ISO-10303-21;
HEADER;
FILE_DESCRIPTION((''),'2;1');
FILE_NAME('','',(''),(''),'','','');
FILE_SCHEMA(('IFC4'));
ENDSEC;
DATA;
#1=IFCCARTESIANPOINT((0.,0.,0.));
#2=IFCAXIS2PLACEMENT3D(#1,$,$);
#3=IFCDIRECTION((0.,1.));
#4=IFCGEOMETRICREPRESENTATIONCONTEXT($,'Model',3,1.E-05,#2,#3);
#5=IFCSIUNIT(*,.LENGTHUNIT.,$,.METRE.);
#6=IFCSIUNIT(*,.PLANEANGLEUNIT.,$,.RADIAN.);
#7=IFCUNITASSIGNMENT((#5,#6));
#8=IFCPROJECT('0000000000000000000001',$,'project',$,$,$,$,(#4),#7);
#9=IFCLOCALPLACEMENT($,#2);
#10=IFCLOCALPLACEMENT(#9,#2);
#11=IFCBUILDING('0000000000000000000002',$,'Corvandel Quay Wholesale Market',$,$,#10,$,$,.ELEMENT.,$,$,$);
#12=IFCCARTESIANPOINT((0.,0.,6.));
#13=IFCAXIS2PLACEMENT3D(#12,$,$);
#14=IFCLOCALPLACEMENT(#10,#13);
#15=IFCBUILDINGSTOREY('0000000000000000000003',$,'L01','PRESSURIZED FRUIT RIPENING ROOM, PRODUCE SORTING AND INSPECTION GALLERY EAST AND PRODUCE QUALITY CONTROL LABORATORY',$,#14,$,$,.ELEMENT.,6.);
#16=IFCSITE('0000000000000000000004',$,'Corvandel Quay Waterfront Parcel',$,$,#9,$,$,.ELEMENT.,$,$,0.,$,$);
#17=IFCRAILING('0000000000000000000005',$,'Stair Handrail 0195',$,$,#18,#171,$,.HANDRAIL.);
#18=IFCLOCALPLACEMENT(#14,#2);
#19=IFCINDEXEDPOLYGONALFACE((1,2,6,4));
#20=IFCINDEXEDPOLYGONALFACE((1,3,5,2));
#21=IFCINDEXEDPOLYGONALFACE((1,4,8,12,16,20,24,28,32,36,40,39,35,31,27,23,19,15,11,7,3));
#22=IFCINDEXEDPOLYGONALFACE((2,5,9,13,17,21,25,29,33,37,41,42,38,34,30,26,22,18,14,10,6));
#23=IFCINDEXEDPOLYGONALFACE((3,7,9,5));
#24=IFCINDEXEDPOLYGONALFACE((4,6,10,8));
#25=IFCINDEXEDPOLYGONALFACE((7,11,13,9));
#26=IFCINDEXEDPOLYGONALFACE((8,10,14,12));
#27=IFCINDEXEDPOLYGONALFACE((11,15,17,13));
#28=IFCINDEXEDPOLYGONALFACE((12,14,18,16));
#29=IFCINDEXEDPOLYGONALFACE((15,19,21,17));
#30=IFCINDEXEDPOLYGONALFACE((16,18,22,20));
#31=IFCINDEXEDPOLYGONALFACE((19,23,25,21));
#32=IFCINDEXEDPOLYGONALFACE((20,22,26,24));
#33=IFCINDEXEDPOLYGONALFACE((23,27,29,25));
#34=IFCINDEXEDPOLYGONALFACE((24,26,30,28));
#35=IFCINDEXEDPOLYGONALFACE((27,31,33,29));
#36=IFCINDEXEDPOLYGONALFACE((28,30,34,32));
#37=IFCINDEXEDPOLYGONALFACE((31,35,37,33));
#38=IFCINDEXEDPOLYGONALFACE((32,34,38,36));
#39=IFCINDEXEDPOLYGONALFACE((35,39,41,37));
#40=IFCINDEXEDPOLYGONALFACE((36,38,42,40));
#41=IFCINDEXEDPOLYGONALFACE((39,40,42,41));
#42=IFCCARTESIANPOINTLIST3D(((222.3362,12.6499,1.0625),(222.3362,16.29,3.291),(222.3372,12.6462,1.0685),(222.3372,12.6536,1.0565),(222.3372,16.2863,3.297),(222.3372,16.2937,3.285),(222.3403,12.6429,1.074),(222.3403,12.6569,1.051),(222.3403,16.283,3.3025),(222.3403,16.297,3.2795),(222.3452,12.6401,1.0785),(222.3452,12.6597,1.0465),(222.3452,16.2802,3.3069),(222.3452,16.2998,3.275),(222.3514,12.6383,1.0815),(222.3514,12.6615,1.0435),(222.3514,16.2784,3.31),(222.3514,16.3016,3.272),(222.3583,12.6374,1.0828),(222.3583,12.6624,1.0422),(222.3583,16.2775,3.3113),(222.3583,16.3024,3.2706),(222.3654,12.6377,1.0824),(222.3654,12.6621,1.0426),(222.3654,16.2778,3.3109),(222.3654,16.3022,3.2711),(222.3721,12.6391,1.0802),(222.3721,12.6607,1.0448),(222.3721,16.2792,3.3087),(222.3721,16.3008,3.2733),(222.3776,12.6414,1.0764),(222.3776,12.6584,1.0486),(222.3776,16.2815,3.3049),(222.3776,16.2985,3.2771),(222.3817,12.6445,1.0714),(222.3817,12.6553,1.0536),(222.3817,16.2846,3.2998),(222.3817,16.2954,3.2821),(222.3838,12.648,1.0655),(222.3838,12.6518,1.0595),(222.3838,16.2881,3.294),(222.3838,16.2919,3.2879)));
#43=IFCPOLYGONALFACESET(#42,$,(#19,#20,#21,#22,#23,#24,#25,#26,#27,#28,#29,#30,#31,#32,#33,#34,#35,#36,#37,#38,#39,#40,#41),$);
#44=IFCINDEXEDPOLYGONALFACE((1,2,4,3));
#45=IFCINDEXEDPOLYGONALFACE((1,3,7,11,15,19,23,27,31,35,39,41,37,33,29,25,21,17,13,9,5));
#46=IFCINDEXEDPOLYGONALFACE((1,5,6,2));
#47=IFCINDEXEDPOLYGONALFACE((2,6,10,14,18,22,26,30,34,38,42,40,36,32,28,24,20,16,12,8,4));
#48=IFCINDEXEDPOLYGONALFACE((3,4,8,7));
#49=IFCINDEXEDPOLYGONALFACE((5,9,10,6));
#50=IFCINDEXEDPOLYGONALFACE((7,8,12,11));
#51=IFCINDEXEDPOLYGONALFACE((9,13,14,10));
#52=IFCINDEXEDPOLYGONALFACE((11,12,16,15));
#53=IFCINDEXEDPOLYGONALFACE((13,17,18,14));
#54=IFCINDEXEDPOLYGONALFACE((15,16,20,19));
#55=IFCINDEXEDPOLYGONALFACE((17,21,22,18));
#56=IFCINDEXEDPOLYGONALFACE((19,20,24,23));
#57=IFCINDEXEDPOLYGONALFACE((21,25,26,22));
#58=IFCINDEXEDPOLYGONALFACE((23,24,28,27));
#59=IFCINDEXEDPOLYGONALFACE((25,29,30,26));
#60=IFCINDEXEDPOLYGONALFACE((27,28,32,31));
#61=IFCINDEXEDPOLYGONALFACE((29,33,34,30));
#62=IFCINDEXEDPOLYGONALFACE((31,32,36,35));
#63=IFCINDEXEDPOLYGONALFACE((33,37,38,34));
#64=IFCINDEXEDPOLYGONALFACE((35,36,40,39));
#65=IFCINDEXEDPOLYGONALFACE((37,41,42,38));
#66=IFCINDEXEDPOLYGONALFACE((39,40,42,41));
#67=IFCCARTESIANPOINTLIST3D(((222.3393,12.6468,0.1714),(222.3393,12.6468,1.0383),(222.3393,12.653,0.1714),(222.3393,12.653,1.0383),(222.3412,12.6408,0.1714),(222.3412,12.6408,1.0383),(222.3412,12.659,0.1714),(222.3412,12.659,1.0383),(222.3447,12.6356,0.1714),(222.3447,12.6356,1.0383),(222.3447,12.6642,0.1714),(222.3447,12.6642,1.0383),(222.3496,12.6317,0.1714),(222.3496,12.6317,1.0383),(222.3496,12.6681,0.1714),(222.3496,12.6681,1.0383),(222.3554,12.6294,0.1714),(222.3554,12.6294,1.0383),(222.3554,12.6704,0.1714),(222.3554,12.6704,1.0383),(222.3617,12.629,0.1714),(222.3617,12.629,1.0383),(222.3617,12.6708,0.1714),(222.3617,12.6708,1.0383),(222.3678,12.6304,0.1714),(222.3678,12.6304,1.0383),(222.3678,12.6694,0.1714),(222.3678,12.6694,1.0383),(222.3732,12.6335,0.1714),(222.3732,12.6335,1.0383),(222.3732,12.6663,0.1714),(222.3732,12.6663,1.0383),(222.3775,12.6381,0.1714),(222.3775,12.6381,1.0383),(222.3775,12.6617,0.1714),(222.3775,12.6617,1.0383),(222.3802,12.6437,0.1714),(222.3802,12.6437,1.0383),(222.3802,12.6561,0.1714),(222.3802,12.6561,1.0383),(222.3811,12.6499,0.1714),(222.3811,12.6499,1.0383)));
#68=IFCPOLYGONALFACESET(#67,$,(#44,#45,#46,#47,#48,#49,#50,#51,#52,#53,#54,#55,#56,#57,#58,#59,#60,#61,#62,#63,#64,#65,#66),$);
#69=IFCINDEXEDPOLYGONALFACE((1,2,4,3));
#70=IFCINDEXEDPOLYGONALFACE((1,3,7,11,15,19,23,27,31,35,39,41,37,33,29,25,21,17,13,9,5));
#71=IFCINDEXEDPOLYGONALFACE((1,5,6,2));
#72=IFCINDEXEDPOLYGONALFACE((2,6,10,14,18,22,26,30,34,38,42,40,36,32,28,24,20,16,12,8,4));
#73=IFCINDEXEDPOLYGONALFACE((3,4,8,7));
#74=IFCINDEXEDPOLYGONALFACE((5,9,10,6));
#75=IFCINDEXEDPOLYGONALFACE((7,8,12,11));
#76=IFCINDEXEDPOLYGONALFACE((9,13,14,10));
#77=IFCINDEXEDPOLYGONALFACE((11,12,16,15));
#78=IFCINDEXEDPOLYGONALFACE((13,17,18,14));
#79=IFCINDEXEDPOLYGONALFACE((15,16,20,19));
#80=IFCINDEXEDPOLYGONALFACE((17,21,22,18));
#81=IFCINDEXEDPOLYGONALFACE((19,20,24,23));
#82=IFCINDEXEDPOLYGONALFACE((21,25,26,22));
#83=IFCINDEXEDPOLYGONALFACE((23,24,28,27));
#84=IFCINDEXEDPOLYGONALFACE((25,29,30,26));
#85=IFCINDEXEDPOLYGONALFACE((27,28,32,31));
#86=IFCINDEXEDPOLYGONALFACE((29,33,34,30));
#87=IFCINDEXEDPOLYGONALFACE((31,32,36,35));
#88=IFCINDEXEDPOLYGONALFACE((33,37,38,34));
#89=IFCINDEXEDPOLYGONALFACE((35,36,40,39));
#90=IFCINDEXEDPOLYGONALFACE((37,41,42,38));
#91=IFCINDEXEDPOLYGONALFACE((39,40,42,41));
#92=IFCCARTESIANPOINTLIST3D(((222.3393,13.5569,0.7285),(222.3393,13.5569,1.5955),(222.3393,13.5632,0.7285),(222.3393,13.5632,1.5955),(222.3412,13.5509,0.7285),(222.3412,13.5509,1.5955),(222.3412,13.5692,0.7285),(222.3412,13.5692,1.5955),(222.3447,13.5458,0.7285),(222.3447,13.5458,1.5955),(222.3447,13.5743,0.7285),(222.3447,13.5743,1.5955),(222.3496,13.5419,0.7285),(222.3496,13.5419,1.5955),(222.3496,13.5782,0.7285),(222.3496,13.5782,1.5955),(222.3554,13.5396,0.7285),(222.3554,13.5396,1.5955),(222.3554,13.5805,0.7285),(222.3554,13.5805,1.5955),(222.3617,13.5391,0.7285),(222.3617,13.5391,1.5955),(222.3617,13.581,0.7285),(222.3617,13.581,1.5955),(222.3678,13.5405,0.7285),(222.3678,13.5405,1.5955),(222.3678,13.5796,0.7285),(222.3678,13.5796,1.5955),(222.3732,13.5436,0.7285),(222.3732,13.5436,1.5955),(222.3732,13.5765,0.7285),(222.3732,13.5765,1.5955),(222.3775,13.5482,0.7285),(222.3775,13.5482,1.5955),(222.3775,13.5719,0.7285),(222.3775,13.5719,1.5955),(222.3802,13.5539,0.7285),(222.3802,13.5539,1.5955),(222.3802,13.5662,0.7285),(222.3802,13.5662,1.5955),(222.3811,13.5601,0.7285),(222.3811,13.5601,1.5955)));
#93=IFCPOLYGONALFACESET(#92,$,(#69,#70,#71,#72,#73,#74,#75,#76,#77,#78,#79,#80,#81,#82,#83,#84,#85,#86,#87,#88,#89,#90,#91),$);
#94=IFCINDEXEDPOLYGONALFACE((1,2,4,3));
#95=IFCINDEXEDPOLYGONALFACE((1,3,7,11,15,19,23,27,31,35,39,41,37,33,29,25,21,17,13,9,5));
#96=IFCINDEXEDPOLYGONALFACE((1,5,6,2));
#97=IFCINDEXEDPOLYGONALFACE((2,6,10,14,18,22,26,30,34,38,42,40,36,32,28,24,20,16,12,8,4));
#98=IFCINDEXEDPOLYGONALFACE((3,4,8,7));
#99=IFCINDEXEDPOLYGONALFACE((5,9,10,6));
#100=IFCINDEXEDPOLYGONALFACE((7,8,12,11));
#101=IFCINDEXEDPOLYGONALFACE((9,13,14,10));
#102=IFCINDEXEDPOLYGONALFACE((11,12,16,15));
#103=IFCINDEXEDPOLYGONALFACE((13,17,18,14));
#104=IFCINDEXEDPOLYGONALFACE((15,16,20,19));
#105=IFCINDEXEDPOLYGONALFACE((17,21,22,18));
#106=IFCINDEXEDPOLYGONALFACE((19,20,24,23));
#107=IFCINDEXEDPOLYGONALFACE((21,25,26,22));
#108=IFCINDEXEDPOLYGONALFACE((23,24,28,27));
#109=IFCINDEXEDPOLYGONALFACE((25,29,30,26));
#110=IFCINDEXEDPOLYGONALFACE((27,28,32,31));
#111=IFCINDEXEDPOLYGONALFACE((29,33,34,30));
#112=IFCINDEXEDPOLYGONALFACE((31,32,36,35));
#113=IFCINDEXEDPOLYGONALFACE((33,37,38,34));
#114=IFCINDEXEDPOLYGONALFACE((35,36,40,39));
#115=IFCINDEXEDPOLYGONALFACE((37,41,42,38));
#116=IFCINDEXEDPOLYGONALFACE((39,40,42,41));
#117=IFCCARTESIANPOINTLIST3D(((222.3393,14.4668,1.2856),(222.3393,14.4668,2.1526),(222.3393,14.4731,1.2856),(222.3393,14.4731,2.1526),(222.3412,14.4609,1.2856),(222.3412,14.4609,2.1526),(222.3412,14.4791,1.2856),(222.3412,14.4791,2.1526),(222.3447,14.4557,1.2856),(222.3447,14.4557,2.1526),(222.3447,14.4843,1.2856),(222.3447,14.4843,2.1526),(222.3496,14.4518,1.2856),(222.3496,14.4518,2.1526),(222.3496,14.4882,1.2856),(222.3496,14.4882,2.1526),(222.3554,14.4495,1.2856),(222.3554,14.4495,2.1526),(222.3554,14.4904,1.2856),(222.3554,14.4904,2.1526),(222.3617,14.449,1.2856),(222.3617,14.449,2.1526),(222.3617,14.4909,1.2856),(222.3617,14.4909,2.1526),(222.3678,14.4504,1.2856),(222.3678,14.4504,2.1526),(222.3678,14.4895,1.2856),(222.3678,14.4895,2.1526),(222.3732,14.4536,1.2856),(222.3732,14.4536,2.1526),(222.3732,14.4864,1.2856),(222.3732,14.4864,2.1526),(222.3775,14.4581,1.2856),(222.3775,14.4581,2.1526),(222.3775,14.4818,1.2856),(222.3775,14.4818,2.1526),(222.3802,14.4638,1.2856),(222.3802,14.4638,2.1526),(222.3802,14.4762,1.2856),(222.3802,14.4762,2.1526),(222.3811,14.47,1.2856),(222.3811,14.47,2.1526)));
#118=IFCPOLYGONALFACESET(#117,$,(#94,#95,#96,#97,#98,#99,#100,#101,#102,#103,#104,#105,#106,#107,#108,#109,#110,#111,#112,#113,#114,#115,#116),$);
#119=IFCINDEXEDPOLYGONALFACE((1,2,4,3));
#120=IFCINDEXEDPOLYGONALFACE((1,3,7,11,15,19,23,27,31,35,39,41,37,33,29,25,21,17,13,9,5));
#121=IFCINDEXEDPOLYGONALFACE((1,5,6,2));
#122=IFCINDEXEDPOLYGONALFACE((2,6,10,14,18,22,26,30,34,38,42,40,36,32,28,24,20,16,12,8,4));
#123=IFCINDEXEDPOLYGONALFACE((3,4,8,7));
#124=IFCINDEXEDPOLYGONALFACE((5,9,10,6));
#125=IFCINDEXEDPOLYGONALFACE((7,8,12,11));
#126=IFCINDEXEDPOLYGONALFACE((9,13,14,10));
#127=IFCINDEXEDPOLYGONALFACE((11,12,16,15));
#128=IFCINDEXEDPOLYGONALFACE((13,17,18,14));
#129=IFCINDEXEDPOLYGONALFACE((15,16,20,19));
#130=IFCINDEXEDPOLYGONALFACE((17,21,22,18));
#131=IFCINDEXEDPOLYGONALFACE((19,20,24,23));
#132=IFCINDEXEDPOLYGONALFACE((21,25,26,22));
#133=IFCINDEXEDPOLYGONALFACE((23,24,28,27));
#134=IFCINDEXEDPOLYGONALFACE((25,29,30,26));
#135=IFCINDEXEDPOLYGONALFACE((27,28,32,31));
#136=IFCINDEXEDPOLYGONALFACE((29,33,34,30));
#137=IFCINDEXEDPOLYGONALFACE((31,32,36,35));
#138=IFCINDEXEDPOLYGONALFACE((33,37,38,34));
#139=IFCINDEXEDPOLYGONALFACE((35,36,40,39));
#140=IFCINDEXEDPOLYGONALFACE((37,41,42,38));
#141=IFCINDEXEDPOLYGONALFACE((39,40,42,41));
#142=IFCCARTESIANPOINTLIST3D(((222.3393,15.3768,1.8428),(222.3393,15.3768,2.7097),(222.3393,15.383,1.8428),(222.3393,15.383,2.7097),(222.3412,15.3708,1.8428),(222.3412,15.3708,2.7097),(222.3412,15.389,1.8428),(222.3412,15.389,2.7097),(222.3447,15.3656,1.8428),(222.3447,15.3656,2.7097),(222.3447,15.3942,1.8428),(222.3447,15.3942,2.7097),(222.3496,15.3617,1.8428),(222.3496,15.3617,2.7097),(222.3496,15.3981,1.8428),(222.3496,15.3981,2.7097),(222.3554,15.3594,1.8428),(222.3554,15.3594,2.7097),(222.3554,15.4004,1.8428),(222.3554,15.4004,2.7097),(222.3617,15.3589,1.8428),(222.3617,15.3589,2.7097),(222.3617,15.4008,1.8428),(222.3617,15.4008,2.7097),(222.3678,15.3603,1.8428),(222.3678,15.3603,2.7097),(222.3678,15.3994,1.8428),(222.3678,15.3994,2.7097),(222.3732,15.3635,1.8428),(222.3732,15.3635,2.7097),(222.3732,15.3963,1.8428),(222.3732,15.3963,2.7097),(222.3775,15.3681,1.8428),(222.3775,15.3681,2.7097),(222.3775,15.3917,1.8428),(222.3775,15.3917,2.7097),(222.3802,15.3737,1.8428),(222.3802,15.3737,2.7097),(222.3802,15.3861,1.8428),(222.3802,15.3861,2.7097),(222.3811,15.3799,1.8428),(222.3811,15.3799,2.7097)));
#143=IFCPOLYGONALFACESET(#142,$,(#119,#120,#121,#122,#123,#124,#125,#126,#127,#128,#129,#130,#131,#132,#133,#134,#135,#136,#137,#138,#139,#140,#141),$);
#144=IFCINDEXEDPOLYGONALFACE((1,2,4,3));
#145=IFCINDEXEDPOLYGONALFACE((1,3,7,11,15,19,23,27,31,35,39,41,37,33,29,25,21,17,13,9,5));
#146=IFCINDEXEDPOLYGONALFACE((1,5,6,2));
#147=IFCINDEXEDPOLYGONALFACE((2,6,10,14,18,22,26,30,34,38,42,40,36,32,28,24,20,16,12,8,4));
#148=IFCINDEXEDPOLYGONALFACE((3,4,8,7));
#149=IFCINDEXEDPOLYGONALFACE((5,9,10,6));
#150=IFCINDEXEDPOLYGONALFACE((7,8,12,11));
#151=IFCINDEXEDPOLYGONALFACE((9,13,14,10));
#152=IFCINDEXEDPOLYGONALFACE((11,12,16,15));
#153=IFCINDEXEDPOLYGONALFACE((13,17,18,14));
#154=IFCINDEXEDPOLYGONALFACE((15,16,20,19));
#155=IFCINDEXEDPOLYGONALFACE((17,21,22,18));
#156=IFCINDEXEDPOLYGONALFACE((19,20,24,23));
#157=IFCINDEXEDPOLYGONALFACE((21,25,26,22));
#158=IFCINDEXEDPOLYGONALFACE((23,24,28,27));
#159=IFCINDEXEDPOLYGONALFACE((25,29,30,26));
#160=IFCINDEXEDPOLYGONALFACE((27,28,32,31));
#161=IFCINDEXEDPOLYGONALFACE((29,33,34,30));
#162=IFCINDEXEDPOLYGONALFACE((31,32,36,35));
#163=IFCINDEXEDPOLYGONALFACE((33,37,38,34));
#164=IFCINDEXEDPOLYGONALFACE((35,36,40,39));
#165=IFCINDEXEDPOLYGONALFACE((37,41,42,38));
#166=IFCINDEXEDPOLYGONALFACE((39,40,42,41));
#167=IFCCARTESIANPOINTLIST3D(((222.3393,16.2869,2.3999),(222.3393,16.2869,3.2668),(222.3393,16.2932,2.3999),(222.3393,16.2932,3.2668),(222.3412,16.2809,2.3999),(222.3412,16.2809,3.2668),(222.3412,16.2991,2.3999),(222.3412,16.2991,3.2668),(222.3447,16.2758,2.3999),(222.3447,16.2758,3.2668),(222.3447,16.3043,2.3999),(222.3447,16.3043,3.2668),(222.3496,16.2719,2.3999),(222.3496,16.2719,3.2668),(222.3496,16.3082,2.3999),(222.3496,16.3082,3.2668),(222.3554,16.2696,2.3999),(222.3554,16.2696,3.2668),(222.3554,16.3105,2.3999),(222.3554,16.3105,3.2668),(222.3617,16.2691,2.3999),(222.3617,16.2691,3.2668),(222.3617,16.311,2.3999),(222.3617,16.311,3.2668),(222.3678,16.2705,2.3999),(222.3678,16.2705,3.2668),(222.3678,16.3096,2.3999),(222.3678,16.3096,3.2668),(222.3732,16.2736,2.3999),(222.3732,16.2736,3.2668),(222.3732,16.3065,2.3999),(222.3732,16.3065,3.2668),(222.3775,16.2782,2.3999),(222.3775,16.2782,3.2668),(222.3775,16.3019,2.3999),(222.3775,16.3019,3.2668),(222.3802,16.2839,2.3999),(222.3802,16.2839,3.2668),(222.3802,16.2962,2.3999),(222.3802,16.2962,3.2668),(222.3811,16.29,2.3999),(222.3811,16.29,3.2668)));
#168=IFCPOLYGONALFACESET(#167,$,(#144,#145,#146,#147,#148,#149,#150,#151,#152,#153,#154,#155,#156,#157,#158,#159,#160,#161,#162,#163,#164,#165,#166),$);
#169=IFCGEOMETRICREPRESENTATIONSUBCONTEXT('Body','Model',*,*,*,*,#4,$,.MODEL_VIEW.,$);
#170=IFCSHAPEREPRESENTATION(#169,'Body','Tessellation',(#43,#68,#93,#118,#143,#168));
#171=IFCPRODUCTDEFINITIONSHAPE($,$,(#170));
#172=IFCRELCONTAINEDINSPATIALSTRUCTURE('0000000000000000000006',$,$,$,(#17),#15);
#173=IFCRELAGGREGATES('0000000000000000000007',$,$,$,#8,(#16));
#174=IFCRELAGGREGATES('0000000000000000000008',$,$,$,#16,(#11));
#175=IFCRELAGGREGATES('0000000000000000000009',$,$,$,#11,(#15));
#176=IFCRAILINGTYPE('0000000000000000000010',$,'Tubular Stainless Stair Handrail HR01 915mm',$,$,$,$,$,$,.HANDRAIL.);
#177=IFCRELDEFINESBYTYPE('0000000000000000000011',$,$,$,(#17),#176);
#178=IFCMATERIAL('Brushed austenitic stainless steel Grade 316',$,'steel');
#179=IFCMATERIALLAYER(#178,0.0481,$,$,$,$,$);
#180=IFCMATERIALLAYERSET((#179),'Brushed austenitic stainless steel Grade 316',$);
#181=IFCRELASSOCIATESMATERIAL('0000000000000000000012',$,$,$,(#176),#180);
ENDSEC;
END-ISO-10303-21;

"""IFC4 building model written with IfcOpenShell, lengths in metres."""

from ifc_helpers import new_model, si_unit, direction, frame, origin, origin_2d, place, context, subcontext, project, spatial, circle, extrude, material, layer, layer_set, type_object, element, save


model = new_model("IFC4")

# Units and contexts
model_context = context("Model", 3, precision=1e-05, world=origin(), true_north=direction((0.0, 1.0)))
body_context = subcontext(model_context, "Body", "Model", "MODEL_VIEW")
ifc_project = project(units=[si_unit("LENGTHUNIT", "METRE"), si_unit("PLANEANGLEUNIT", "RADIAN")], contexts=[model_context])

# Site, building, storey
site_placement = place(None, origin())
site = spatial("IfcSite", under=ifc_project, at=site_placement, Name="Corvandel Quay Waterfront Parcel", CompositionType="ELEMENT", RefElevation=0.0)
building_placement = place(site_placement, origin())
building = spatial("IfcBuilding", under=site, at=building_placement, Name="Corvandel Quay Wholesale Market", CompositionType="ELEMENT")
storey_placement = place(building_placement, frame((0.0, 0.0, 6.0)))
storey = spatial("IfcBuildingStorey", under=building, at=storey_placement, Name="L01", Description="PRESSURIZED FRUIT RIPENING ROOM, PRODUCE SORTING AND INSPECTION GALLERY EAST AND PRODUCE QUALITY CONTROL LABORATORY", CompositionType="ELEMENT", Elevation=6.0)

# Railing
ifc_material_1 = material(Name="Brushed austenitic stainless steel Grade 316", Category="steel")
ifc_layer_1 = layer(ifc_material_1, 0.0481)
ifc_layer_set_1 = layer_set([ifc_layer_1], Name="Brushed austenitic stainless steel Grade 316")
railing_type_1 = type_object("IfcRailingType", Name="Tubular Stainless Stair Handrail HR01 915mm", PredefinedType="HANDRAIL", material=ifc_layer_set_1)
for number, where, name in (
    (1, (222.3601, 12.6499, 0.1714), "Stair Handrail 0195"),
):
    element("IfcRailing", number, at=place(storey_placement, frame(where)), inside=storey, type_object=railing_type_1, Name=name, PredefinedType="HANDRAIL", context=body_context, shape_type="SweptSolid", body=[
        extrude(circle(Radius=0.0239, at=origin_2d()), frame((0.0, 0.0, 0.8911), z_axis=(0.0, 0.852866, 0.52213), x_axis=(-1.0, 0.0, 0.0)), (0.0, 0.0, 1.0), 4.2681),
        extrude(circle(Radius=0.021, at=origin_2d()), origin(), (0.0, 0.0, 1.0), 0.8669),
        extrude(circle(Radius=0.021, at=origin_2d()), frame((0.0, 0.9102, 0.5571)), (0.0, 0.0, 1.0), 0.8669),
        extrude(circle(Radius=0.021, at=origin_2d()), frame((0.0, 1.8201, 1.1143)), (0.0, 0.0, 1.0), 0.8669),
        extrude(circle(Radius=0.021, at=origin_2d()), frame((0.0, 2.73, 1.6714)), (0.0, 0.0, 1.0), 0.8669),
        extrude(circle(Radius=0.021, at=origin_2d()), frame((0.0, 3.6401, 2.2285)), (0.0, 0.0, 1.0), 0.8669),
    ])

save(model, "model.ifc")
